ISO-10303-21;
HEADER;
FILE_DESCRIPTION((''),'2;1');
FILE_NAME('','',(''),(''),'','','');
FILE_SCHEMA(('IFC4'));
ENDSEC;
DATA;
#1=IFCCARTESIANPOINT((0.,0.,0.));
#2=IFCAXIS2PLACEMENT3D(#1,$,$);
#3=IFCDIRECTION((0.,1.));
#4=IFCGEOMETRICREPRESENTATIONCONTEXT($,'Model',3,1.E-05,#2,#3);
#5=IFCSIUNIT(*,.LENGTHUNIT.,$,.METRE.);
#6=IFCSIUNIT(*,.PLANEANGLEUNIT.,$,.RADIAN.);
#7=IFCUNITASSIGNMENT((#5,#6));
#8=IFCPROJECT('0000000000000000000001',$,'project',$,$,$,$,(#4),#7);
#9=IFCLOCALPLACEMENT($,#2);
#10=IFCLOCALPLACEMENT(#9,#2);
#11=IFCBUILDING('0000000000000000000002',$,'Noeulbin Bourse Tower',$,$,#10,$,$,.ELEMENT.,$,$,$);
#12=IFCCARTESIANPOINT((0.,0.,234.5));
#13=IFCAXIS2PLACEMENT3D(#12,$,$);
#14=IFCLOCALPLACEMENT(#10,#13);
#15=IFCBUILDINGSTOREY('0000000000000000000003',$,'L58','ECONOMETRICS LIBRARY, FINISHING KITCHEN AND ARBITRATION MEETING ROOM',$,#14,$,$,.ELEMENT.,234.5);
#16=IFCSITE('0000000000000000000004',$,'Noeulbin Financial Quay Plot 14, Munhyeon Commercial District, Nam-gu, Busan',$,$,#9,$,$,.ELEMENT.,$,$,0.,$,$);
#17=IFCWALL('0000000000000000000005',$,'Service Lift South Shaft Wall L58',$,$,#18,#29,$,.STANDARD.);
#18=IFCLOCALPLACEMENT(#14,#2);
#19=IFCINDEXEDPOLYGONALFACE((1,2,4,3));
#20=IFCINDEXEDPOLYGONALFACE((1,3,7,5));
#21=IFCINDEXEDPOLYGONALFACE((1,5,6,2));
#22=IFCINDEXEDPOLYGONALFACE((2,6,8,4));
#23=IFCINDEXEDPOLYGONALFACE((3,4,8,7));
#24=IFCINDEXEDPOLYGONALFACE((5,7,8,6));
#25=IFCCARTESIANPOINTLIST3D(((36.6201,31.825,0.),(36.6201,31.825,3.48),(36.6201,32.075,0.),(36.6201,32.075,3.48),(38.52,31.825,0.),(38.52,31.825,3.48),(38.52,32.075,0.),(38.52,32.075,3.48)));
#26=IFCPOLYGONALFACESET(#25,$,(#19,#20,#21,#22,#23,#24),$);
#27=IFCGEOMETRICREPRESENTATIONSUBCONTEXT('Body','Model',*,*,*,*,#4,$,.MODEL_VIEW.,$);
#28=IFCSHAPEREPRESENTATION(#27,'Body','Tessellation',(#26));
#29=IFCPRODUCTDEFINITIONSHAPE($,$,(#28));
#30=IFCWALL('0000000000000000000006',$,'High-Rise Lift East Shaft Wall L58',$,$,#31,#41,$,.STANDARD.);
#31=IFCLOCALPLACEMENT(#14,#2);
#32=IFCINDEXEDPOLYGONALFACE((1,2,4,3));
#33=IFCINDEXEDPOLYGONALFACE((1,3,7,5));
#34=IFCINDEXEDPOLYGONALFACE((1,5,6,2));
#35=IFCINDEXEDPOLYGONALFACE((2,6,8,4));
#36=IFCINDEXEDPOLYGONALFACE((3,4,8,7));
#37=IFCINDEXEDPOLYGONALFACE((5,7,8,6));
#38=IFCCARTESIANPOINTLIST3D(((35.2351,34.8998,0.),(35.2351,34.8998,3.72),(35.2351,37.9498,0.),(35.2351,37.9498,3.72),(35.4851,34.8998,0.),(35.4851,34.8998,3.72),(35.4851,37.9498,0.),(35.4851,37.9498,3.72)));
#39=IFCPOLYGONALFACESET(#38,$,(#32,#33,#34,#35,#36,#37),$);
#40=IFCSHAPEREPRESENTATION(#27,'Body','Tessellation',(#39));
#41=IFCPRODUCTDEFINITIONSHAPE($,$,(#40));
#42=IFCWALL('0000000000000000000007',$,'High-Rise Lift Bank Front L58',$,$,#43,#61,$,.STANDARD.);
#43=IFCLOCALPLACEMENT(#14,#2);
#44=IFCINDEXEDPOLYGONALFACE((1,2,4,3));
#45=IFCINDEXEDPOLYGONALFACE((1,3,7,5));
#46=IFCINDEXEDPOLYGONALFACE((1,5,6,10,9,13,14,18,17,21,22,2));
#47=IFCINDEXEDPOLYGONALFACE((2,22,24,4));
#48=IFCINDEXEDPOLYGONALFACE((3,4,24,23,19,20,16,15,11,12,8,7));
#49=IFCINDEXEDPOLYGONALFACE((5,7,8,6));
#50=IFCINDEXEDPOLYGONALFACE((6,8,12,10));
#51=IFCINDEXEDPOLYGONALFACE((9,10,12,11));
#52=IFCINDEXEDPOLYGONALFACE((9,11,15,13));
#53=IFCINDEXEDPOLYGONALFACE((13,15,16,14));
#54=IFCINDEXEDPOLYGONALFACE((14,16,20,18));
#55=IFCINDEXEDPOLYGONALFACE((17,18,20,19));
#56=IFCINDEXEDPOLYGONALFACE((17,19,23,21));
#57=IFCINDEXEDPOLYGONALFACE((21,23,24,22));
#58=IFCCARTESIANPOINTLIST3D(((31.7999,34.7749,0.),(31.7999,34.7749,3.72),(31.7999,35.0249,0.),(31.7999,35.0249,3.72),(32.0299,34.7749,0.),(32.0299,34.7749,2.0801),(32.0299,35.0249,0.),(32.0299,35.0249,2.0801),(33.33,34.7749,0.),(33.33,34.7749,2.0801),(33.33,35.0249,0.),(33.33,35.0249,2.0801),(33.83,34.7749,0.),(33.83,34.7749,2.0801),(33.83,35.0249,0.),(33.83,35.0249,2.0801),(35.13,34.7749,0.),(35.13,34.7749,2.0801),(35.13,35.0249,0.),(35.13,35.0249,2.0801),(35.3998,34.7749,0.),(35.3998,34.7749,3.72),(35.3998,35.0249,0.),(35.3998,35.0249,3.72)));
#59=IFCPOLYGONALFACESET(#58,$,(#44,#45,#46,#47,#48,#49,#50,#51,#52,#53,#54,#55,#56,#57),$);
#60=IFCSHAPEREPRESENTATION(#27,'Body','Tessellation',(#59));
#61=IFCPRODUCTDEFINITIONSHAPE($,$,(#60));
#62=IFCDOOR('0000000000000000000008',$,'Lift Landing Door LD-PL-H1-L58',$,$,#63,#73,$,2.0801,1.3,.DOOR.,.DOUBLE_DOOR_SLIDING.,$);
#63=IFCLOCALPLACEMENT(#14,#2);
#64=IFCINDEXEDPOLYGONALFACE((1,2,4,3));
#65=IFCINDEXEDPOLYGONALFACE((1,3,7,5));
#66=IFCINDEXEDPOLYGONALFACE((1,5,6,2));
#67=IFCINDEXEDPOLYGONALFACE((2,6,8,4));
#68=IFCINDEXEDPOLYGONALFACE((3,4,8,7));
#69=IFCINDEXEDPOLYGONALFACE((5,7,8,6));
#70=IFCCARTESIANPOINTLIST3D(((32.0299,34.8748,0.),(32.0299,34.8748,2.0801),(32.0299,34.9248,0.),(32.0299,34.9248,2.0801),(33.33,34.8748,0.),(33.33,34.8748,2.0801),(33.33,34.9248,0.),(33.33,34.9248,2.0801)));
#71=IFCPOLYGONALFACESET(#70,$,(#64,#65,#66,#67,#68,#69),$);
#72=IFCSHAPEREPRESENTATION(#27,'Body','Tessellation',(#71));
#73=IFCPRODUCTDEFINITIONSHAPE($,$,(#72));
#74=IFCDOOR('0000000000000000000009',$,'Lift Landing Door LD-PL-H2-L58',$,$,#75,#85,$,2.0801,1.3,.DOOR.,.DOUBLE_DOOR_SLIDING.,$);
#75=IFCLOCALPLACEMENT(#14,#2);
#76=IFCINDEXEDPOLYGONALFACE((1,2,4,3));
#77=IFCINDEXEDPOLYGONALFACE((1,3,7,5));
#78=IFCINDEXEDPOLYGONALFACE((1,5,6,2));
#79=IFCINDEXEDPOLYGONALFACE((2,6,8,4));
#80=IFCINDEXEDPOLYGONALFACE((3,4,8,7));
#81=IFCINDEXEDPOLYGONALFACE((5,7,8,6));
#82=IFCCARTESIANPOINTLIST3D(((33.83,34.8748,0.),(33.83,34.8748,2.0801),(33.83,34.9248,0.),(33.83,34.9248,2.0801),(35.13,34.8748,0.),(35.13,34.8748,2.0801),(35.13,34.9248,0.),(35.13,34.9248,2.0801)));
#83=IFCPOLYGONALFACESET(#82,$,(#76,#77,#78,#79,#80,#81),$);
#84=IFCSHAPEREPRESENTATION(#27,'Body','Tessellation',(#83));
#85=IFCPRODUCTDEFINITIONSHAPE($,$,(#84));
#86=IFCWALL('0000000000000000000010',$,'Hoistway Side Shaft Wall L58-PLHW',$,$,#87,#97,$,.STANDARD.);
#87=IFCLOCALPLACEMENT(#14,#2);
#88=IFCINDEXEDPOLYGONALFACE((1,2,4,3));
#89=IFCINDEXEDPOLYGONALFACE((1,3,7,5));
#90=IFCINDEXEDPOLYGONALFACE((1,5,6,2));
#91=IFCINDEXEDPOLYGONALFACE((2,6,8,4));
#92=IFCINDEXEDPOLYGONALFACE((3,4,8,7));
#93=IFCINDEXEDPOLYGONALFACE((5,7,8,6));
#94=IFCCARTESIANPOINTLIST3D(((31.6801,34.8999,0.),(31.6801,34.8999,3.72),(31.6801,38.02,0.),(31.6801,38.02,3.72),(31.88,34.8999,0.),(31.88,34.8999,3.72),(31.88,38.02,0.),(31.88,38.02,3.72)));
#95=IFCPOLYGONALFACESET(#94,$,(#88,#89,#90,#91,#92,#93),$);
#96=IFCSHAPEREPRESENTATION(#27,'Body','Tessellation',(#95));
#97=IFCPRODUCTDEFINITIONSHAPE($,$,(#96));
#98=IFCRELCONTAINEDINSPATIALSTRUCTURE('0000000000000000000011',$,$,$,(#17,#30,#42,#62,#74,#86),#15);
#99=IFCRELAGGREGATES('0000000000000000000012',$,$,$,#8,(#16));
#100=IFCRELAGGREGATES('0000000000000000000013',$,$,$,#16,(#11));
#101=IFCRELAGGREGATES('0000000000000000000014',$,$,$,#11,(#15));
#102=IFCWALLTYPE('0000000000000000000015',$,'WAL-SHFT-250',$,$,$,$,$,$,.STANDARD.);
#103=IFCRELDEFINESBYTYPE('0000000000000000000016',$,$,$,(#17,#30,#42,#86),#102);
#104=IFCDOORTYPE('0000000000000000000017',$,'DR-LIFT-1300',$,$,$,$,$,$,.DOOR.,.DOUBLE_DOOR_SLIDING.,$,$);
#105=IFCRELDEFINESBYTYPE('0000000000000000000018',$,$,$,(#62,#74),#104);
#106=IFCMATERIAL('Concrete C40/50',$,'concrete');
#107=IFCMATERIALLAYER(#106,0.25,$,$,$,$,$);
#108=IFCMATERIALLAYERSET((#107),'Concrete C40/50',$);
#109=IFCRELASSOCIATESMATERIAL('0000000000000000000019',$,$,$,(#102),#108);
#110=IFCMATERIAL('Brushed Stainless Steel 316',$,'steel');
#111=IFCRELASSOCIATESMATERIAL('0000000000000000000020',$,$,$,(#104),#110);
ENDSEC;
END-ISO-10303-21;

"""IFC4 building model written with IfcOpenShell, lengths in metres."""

from ifc_helpers import new_model, si_unit, direction, frame, frame_2d, origin, place, context, subcontext, project, spatial, rectangle, extrude, material, layer, layer_set, type_object, element, fill, save


model = new_model("IFC4")

# Units and contexts
model_context = context("Model", 3, precision=1e-05, world=origin(), true_north=direction((0.0, 1.0)))
body_context = subcontext(model_context, "Body", "Model", "MODEL_VIEW")
ifc_project = project(units=[si_unit("LENGTHUNIT", "METRE"), si_unit("PLANEANGLEUNIT", "RADIAN")], contexts=[model_context])

# Site, building, storey
site_placement = place(None, origin())
site = spatial("IfcSite", under=ifc_project, at=site_placement, Name="Noeulbin Financial Quay Plot 14, Munhyeon Commercial District, Nam-gu, Busan", CompositionType="ELEMENT", RefElevation=0.0)
building_placement = place(site_placement, origin())
building = spatial("IfcBuilding", under=site, at=building_placement, Name="Noeulbin Bourse Tower", CompositionType="ELEMENT")
storey_placement = place(building_placement, frame((0.0, 0.0, 234.5)))
storey = spatial("IfcBuildingStorey", under=building, at=storey_placement, Name="L58", Description="ECONOMETRICS LIBRARY, FINISHING KITCHEN AND ARBITRATION MEETING ROOM", CompositionType="ELEMENT", Elevation=234.5)

# Walls
ifc_material_1 = material(Name="Concrete C40/50", Category="concrete")
ifc_layer_1 = layer(ifc_material_1, 0.25)
ifc_layer_set_1 = layer_set([ifc_layer_1], Name="Concrete C40/50")
wall_type = type_object("IfcWallType", Name="WAL-SHFT-250", PredefinedType="STANDARD", material=ifc_layer_set_1)
wall_1_placement = place(storey_placement, frame((36.6201, 31.95, 0.0), z_axis=(0.0, 0.0, 1.0), x_axis=(1.0, 0.0, 0.0)))
element("IfcWall", 1, at=wall_1_placement, inside=storey, type_object=wall_type, Name="Service Lift South Shaft Wall L58", PredefinedType="STANDARD", context=body_context, shape_type="SweptSolid", body=[
    extrude(rectangle(XDim=1.8999, YDim=0.25, at=frame_2d((0.95, 0.0))), origin(), (0.0, 0.0, 1.0), 3.48),
])
wall_2_placement = place(storey_placement, frame((35.3601, 34.8999, 0.0), z_axis=(0.0, 0.0, 1.0), x_axis=(0.0, 1.0, 0.0)))
element("IfcWall", 2, at=wall_2_placement, inside=storey, type_object=wall_type, Name="High-Rise Lift East Shaft Wall L58", PredefinedType="STANDARD", context=body_context, shape_type="SweptSolid", body=[
    extrude(rectangle(XDim=3.05, YDim=0.25, at=frame_2d((1.5249, 0.0))), origin(), (0.0, 0.0, 1.0), 3.72),
])

# Wall, openings, doors
wall_3_placement = place(storey_placement, frame((31.8, 34.8999, 0.0), z_axis=(0.0, 0.0, 1.0), x_axis=(1.0, 0.0, 0.0)))
wall_3 = element("IfcWall", 3, at=wall_3_placement, inside=storey, type_object=wall_type, Name="High-Rise Lift Bank Front L58", PredefinedType="STANDARD", context=body_context, shape_type="SweptSolid", body=[
    extrude(rectangle(XDim=3.5999, YDim=0.25, at=frame_2d((1.7998, 0.0))), origin(), (0.0, 0.0, 1.0), 3.72),
])
opening_1_placement = place(wall_3_placement, frame((0.23, 0.0, 0.0)))
opening_1 = element("IfcOpeningElement", 4, at=opening_1_placement, cuts=wall_3, PredefinedType="OPENING", context=body_context, shape_type="SweptSolid", body=[
    extrude(rectangle(XDim=1.3, YDim=2.0801, at=frame_2d((0.6499, 1.04))), frame((0.0, 0.135, 0.0), z_axis=(0.0, -1.0, 0.0), x_axis=(1.0, 0.0, 0.0)), (0.0, 0.0, 1.0), 0.27),
])
opening_2_placement = place(wall_3_placement, frame((2.03, 0.0, 0.0)))
opening_2 = element("IfcOpeningElement", 5, at=opening_2_placement, cuts=wall_3, PredefinedType="OPENING", context=body_context, shape_type="SweptSolid", body=[
    extrude(rectangle(XDim=1.3, YDim=2.0801, at=frame_2d((0.6499, 1.04))), frame((0.0, 0.135, 0.0), z_axis=(0.0, -1.0, 0.0), x_axis=(1.0, 0.0, 0.0)), (0.0, 0.0, 1.0), 0.27),
])
ifc_material_2 = material(Name="Brushed Stainless Steel 316", Category="steel")
door_type = type_object("IfcDoorType", Name="DR-LIFT-1300", OperationType="DOUBLE_DOOR_SLIDING", PredefinedType="DOOR", material=ifc_material_2)
door_1_placement = place(opening_1_placement, origin())
door_1 = element("IfcDoor", 6, at=door_1_placement, inside=storey, type_object=door_type, Name="Lift Landing Door LD-PL-H1-L58", OperationType="DOUBLE_DOOR_SLIDING", OverallHeight=2.0801, OverallWidth=1.3, PredefinedType="DOOR", context=body_context, shape_type="SweptSolid", body=[
    extrude(rectangle(XDim=1.3, YDim=2.0801, at=frame_2d((0.6499, 1.04))), frame((0.0, 0.0249, 0.0), z_axis=(0.0, -1.0, 0.0), x_axis=(1.0, 0.0, 0.0)), (0.0, 0.0, 1.0), 0.05),
])
fill(opening_1, door_1)
door_2_placement = place(opening_2_placement, origin())
door_2 = element("IfcDoor", 7, at=door_2_placement, inside=storey, type_object=door_type, Name="Lift Landing Door LD-PL-H2-L58", OperationType="DOUBLE_DOOR_SLIDING", OverallHeight=2.0801, OverallWidth=1.3, PredefinedType="DOOR", context=body_context, shape_type="SweptSolid", body=[
    extrude(rectangle(XDim=1.3, YDim=2.0801, at=frame_2d((0.6499, 1.04))), frame((0.0, 0.0249, 0.0), z_axis=(0.0, -1.0, 0.0), x_axis=(1.0, 0.0, 0.0)), (0.0, 0.0, 1.0), 0.05),
])
fill(opening_2, door_2)

# Wall
wall_4_placement = place(storey_placement, frame((31.78, 34.8999, 0.0), z_axis=(0.0, 0.0, 1.0), x_axis=(0.0, 1.0, 0.0)))
element("IfcWall", 8, at=wall_4_placement, inside=storey, type_object=wall_type, Name="Hoistway Side Shaft Wall L58-PLHW", PredefinedType="STANDARD", context=body_context, shape_type="SweptSolid", body=[
    extrude(rectangle(XDim=3.1201, YDim=0.2, at=frame_2d((1.5601, 0.0))), origin(), (0.0, 0.0, 1.0), 3.72),
])

save(model, "model.ifc")
